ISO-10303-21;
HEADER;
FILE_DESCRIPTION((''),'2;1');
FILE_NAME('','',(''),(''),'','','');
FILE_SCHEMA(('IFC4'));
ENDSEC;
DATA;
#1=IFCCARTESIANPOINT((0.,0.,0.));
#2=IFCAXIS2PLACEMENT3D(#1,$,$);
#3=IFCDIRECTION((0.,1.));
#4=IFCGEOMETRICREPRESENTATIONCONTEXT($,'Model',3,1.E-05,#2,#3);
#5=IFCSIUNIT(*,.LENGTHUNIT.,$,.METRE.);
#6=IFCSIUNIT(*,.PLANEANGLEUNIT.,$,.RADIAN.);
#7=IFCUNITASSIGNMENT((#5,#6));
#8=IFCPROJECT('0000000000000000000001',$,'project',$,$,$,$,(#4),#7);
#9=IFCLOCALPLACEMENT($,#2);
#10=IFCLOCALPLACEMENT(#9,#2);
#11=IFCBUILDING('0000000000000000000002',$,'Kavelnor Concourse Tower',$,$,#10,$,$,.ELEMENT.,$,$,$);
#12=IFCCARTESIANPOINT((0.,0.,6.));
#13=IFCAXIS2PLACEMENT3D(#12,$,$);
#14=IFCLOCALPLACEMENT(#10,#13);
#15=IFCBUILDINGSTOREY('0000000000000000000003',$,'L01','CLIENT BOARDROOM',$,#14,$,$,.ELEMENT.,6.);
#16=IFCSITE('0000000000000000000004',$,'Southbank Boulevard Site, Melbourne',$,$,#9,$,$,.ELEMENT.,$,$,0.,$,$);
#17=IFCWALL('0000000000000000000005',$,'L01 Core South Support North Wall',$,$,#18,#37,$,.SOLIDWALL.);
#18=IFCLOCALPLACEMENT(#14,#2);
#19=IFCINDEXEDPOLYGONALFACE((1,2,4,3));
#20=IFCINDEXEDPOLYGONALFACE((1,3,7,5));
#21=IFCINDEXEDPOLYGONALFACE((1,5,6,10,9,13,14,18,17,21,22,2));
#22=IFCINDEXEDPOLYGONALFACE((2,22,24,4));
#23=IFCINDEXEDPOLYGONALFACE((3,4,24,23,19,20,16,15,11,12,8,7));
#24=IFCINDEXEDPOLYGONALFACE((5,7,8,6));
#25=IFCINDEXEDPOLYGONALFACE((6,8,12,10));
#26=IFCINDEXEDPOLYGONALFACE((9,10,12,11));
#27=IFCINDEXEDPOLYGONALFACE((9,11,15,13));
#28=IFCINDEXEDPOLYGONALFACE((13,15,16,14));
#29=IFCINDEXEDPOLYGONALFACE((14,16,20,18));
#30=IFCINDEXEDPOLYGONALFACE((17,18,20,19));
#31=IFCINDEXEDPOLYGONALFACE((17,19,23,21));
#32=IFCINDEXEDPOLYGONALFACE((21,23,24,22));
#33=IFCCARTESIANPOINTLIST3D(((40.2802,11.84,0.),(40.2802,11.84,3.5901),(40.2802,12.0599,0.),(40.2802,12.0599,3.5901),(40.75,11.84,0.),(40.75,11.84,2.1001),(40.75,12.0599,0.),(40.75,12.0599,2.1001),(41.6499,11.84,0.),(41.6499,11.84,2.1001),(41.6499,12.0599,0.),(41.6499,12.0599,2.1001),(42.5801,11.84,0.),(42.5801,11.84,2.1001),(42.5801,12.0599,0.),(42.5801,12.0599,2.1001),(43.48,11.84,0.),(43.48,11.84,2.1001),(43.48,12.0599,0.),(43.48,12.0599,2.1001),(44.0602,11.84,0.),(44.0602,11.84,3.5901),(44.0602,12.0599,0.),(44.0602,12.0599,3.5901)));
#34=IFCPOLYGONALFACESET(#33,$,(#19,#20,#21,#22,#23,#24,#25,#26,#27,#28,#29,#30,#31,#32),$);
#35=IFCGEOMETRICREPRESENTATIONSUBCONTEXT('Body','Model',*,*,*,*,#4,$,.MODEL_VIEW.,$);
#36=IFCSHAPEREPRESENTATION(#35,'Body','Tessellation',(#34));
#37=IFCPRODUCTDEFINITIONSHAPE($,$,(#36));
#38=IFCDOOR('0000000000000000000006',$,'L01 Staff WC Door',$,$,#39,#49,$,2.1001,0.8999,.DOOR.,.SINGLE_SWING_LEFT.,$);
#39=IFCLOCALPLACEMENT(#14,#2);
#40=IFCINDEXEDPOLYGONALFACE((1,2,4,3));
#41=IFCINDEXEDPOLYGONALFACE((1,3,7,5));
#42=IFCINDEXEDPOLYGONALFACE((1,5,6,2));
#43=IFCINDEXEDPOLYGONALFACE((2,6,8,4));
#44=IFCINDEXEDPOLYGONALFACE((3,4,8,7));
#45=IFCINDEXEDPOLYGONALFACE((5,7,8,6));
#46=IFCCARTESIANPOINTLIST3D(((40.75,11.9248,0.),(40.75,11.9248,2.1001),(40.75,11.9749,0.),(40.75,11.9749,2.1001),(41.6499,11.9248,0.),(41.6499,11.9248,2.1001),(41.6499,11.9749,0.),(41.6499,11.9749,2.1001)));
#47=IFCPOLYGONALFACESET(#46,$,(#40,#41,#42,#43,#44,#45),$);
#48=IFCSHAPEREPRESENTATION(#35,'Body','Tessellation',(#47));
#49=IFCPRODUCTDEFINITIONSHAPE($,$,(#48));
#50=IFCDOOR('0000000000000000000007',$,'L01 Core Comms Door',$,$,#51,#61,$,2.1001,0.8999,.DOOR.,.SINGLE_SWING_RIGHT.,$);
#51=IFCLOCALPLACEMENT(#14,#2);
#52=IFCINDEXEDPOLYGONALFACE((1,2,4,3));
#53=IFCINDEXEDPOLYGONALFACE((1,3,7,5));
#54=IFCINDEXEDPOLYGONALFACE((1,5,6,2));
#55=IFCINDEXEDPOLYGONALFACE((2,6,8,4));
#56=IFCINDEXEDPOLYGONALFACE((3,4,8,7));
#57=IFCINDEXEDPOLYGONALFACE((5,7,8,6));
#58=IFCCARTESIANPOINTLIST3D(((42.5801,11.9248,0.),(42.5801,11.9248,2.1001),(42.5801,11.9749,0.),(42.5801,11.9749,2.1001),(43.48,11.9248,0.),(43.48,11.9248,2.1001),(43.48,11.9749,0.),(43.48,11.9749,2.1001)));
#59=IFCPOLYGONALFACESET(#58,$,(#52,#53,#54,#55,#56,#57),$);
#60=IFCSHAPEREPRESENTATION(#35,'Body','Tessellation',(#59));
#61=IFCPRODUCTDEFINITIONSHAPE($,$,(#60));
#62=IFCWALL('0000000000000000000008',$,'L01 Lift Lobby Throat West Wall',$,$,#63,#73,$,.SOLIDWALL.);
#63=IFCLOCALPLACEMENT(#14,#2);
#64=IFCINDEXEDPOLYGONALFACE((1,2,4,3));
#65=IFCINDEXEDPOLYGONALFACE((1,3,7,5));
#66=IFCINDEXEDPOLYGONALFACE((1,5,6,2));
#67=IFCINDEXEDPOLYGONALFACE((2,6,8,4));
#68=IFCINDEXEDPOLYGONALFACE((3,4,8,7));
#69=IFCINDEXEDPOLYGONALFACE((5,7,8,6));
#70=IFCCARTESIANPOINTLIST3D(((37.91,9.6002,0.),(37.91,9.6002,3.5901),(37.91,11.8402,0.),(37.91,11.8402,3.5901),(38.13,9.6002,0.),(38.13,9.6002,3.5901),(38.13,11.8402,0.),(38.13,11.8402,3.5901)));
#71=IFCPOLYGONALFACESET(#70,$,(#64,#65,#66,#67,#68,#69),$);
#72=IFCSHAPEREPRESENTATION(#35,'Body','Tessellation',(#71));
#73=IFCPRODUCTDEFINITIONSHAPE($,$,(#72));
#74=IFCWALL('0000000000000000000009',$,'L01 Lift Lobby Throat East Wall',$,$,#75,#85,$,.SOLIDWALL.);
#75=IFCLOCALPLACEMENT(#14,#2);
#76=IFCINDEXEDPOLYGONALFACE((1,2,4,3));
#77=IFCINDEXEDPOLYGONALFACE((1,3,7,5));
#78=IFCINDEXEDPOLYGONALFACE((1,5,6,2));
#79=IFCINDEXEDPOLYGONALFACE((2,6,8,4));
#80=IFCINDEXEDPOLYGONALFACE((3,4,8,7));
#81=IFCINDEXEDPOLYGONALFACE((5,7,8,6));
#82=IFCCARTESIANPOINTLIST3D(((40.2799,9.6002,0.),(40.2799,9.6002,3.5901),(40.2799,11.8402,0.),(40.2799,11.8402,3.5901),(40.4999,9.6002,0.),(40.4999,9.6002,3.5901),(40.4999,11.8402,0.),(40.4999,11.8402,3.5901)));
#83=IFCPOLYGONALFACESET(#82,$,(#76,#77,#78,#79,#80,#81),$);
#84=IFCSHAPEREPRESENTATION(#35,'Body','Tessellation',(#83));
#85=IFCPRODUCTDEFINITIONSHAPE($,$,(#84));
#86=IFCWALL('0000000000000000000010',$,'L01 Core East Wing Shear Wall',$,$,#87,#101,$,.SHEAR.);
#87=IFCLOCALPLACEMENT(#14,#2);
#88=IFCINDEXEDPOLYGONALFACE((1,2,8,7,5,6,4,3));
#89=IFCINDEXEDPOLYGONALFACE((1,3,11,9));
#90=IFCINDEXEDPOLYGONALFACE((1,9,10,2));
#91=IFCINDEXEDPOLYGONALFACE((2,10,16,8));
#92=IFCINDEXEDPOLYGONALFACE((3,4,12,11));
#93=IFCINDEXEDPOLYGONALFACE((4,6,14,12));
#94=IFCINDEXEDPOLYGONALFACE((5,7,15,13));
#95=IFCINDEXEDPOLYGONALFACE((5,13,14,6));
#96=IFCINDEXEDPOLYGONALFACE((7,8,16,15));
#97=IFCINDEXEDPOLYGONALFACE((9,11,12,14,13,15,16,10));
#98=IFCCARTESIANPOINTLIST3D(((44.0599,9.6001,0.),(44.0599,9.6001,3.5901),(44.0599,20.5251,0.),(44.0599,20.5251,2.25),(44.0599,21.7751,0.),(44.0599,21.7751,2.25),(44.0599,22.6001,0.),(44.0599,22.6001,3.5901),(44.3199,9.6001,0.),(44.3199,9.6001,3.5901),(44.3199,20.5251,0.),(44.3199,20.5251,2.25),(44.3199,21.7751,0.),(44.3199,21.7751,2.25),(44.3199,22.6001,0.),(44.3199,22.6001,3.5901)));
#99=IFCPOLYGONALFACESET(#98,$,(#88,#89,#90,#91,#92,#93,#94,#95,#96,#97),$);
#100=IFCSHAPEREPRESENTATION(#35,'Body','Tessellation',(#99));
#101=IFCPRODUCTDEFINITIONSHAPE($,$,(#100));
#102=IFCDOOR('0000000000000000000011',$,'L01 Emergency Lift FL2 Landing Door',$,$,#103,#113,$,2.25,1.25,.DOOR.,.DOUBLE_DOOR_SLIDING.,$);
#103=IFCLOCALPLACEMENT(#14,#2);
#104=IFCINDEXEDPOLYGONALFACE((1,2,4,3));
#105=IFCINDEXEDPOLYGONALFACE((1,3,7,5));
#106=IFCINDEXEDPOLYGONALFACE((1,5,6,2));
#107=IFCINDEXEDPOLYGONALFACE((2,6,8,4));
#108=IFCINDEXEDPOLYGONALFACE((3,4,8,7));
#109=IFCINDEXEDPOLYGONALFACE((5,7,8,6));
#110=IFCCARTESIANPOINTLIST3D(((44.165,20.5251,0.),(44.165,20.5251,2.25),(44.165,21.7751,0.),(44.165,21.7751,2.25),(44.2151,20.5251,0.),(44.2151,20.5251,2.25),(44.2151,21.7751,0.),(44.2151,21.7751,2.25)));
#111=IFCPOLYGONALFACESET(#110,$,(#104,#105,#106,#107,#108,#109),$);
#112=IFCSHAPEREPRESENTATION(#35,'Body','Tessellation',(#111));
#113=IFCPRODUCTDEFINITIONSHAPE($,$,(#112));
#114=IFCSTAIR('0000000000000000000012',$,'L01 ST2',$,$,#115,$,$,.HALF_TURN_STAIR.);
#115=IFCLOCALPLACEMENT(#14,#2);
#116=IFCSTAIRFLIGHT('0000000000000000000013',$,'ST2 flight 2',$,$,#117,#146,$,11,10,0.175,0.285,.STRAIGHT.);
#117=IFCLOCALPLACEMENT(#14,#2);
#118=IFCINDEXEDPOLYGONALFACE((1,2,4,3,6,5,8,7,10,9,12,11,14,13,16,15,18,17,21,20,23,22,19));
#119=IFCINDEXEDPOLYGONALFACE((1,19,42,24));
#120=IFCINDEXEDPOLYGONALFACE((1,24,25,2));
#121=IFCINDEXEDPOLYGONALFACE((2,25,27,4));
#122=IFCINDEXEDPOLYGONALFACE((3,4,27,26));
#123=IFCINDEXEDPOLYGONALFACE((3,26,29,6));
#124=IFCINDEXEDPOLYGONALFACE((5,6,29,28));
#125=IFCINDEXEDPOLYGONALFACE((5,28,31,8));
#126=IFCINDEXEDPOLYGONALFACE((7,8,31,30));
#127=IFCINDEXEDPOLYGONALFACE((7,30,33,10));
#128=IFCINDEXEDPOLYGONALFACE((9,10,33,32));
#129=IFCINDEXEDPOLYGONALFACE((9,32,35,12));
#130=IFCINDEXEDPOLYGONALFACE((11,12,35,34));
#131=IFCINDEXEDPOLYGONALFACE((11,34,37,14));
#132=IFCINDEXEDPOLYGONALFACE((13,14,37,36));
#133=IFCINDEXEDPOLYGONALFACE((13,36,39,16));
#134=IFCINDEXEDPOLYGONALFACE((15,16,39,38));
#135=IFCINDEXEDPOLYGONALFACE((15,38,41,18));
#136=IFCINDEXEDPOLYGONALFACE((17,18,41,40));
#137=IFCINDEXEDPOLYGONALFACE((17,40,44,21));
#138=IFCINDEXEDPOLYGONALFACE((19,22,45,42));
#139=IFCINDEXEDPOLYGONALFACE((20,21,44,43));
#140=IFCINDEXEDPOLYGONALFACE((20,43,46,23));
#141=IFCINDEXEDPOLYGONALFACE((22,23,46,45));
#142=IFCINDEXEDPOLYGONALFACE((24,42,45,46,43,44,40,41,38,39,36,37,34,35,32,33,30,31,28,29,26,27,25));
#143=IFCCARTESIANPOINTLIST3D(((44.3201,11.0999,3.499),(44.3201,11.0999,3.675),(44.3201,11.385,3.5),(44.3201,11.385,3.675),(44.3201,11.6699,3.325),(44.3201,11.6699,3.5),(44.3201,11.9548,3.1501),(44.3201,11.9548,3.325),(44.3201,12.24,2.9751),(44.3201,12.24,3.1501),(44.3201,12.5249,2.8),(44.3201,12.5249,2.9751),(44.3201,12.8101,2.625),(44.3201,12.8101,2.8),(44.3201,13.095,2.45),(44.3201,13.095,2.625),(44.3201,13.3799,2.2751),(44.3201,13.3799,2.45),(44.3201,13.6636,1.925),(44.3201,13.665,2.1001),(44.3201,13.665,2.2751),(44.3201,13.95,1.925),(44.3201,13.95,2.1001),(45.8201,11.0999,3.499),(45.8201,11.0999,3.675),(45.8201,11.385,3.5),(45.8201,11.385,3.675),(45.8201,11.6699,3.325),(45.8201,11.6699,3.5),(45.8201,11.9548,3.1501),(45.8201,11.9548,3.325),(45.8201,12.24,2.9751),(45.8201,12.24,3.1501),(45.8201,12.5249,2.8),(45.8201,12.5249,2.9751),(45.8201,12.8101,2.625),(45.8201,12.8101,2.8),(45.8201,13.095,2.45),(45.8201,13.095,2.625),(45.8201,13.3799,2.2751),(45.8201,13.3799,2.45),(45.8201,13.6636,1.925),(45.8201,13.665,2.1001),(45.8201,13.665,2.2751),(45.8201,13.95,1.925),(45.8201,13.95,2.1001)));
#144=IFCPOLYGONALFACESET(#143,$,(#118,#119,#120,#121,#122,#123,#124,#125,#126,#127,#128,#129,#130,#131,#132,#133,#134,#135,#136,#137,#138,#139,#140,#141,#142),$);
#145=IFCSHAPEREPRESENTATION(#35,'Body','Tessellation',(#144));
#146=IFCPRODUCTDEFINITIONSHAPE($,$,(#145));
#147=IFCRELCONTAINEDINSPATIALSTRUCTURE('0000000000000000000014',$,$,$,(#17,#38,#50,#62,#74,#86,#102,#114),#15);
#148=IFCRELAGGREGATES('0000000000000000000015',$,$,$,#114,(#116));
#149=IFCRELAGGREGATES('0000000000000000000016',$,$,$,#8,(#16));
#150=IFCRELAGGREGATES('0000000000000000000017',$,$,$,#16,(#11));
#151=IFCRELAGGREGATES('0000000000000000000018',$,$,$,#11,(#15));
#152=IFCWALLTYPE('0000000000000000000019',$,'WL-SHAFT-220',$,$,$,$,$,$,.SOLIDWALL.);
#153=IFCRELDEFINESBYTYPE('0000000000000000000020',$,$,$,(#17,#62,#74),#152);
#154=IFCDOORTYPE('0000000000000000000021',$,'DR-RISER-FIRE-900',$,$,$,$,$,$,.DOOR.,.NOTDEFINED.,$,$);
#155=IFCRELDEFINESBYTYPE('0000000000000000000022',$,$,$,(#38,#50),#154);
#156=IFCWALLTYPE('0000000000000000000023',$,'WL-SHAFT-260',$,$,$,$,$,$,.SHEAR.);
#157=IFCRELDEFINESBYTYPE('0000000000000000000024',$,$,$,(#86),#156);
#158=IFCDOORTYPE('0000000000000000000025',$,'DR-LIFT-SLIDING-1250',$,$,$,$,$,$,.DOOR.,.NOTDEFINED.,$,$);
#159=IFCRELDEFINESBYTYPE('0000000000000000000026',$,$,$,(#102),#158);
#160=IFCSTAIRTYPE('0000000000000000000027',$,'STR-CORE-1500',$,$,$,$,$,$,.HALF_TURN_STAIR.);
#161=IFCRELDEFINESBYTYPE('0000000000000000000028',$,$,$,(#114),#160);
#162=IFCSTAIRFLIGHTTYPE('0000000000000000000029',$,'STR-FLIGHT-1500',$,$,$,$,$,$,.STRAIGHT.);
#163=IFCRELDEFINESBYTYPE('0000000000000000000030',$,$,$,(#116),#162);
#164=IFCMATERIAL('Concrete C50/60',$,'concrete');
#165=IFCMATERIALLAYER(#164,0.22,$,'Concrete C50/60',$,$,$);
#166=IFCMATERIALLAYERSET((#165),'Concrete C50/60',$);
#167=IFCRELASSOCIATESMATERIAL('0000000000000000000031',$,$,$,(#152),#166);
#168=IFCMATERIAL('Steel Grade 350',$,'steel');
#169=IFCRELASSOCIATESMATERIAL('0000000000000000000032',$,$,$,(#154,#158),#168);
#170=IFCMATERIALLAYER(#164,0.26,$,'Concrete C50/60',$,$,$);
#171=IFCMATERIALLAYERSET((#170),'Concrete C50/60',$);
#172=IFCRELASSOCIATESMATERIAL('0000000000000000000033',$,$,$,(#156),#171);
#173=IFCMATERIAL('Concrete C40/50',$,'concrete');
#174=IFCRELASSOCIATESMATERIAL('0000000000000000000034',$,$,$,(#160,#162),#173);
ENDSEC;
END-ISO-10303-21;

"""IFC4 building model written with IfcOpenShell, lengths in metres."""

from ifc_helpers import new_model, si_unit, direction, frame, frame_2d, origin, place, context, subcontext, project, spatial, polyline, rectangle, outline, extrude, material, layer, layer_set, type_object, element, fill, aggregate, save


model = new_model("IFC4")

# Units and contexts
model_context = context("Model", 3, precision=1e-05, world=origin(), true_north=direction((0.0, 1.0)))
body_context = subcontext(model_context, "Body", "Model", "MODEL_VIEW")
ifc_project = project(units=[si_unit("LENGTHUNIT", "METRE"), si_unit("PLANEANGLEUNIT", "RADIAN")], contexts=[model_context])

# Site, building, storey
site_placement = place(None, origin())
site = spatial("IfcSite", under=ifc_project, at=site_placement, Name="Southbank Boulevard Site, Melbourne", CompositionType="ELEMENT", RefElevation=0.0)
building_placement = place(site_placement, origin())
building = spatial("IfcBuilding", under=site, at=building_placement, Name="Kavelnor Concourse Tower", CompositionType="ELEMENT")
storey_placement = place(building_placement, frame((0.0, 0.0, 6.0)))
storey = spatial("IfcBuildingStorey", under=building, at=storey_placement, Name="L01", Description="CLIENT BOARDROOM", CompositionType="ELEMENT", Elevation=6.0)

# Shared definitions
ifc_material_1 = material(Name="Steel Grade 350", Category="steel")

# Shared definitions
ifc_material_2 = material(Name="Concrete C50/60", Category="concrete")
ifc_layer_1 = layer(ifc_material_2, 0.22, Name="Concrete C50/60")
ifc_layer_set_1 = layer_set([ifc_layer_1], Name="Concrete C50/60")
wall_type_1 = type_object("IfcWallType", Name="WL-SHAFT-220", PredefinedType="SOLIDWALL", material=ifc_layer_set_1)

# Wall, openings, doors
wall_1_placement = place(storey_placement, frame((40.28, 11.95, 0.0), z_axis=(0.0, 0.0, 1.0), x_axis=(1.0, 0.0, 0.0)))
wall_1 = element("IfcWall", 1, at=wall_1_placement, inside=storey, type_object=wall_type_1, Name="L01 Core South Support North Wall", PredefinedType="SOLIDWALL", context=body_context, shape_type="SweptSolid", body=[
    extrude(rectangle(XDim=3.78, YDim=0.22, at=frame_2d((1.8901, 0.0))), origin(), (0.0, 0.0, 1.0), 3.5901),
])
opening_1_placement = place(wall_1_placement, frame((0.47, 0.0, 0.0)))
opening_1 = element("IfcOpeningElement", 2, at=opening_1_placement, cuts=wall_1, PredefinedType="OPENING", context=body_context, shape_type="SweptSolid", body=[
    extrude(rectangle(XDim=0.8999, YDim=2.1001, at=frame_2d((0.45, 1.05))), frame((0.0, 0.1201, 0.0), z_axis=(0.0, -1.0, 0.0), x_axis=(1.0, 0.0, 0.0)), (0.0, 0.0, 1.0), 0.24),
])
opening_2_placement = place(wall_1_placement, frame((2.3, 0.0, 0.0)))
opening_2 = element("IfcOpeningElement", 3, at=opening_2_placement, cuts=wall_1, PredefinedType="OPENING", context=body_context, shape_type="SweptSolid", body=[
    extrude(rectangle(XDim=0.8999, YDim=2.1001, at=frame_2d((0.45, 1.05))), frame((0.0, 0.1201, 0.0), z_axis=(0.0, -1.0, 0.0), x_axis=(1.0, 0.0, 0.0)), (0.0, 0.0, 1.0), 0.24),
])
door_type_1 = type_object("IfcDoorType", Name="DR-RISER-FIRE-900", OperationType="NOTDEFINED", PredefinedType="DOOR", material=ifc_material_1)
door_1_placement = place(opening_1_placement, origin())
door_1 = element("IfcDoor", 4, at=door_1_placement, inside=storey, type_object=door_type_1, Name="L01 Staff WC Door", OperationType="SINGLE_SWING_LEFT", OverallHeight=2.1001, OverallWidth=0.8999, PredefinedType="DOOR", context=body_context, shape_type="SweptSolid", body=[
    extrude(rectangle(XDim=0.8999, YDim=2.1001, at=frame_2d((0.45, 1.05))), frame((0.0, 0.0249, 0.0), z_axis=(0.0, -1.0, 0.0), x_axis=(1.0, 0.0, 0.0)), (0.0, 0.0, 1.0), 0.05),
])
fill(opening_1, door_1)
door_2_placement = place(opening_2_placement, origin())
door_2 = element("IfcDoor", 5, at=door_2_placement, inside=storey, type_object=door_type_1, Name="L01 Core Comms Door", OperationType="SINGLE_SWING_RIGHT", OverallHeight=2.1001, OverallWidth=0.8999, PredefinedType="DOOR", context=body_context, shape_type="SweptSolid", body=[
    extrude(rectangle(XDim=0.8999, YDim=2.1001, at=frame_2d((0.45, 1.05))), frame((0.0, 0.0249, 0.0), z_axis=(0.0, -1.0, 0.0), x_axis=(1.0, 0.0, 0.0)), (0.0, 0.0, 1.0), 0.05),
])
fill(opening_2, door_2)

# Walls
for number, where, z_axis, x_axis, name in (
    (6, (38.02, 9.6001, 0.0), (0.0, 0.0, 1.0), (0.0, 1.0, 0.0), "L01 Lift Lobby Throat West Wall"),
    (7, (40.3899, 9.6001, 0.0), (0.0, 0.0, 1.0), (0.0, 1.0, 0.0), "L01 Lift Lobby Throat East Wall"),
):
    element("IfcWall", number, at=place(storey_placement, frame(where, z_axis=z_axis, x_axis=x_axis)), inside=storey, type_object=wall_type_1, Name=name, PredefinedType="SOLIDWALL", context=body_context, shape_type="SweptSolid", body=[
        extrude(rectangle(XDim=2.24, YDim=0.22, at=frame_2d((1.1201, 0.0))), origin(), (0.0, 0.0, 1.0), 3.5901),
    ])

# Wall, opening, door
ifc_layer_2 = layer(ifc_material_2, 0.26, Name="Concrete C50/60")
ifc_layer_set_2 = layer_set([ifc_layer_2], Name="Concrete C50/60")
wall_type_2 = type_object("IfcWallType", Name="WL-SHAFT-260", PredefinedType="SHEAR", material=ifc_layer_set_2)
wall_2_placement = place(storey_placement, frame((44.1899, 9.6001, 0.0), z_axis=(0.0, 0.0, 1.0), x_axis=(0.0, 1.0, 0.0)))
wall_2 = element("IfcWall", 8, at=wall_2_placement, inside=storey, type_object=wall_type_2, Name="L01 Core East Wing Shear Wall", PredefinedType="SHEAR", context=body_context, shape_type="SweptSolid", body=[
    extrude(rectangle(XDim=13.0, YDim=0.26, at=frame_2d((6.5, 0.0))), origin(), (0.0, 0.0, 1.0), 3.5901),
])
opening_3_placement = place(wall_2_placement, frame((10.925, 0.0, 0.0)))
opening_3 = element("IfcOpeningElement", 9, at=opening_3_placement, cuts=wall_2, PredefinedType="OPENING", context=body_context, shape_type="SweptSolid", body=[
    extrude(rectangle(XDim=1.25, YDim=2.25, at=frame_2d((0.625, 1.125))), frame((0.0, 0.1401, 0.0), z_axis=(0.0, -1.0, 0.0), x_axis=(1.0, 0.0, 0.0)), (0.0, 0.0, 1.0), 0.28),
])
door_type_2 = type_object("IfcDoorType", Name="DR-LIFT-SLIDING-1250", OperationType="NOTDEFINED", PredefinedType="DOOR", material=ifc_material_1)
door_3_placement = place(opening_3_placement, origin())
door_3 = element("IfcDoor", 10, at=door_3_placement, inside=storey, type_object=door_type_2, Name="L01 Emergency Lift FL2 Landing Door", OperationType="DOUBLE_DOOR_SLIDING", OverallHeight=2.25, OverallWidth=1.25, PredefinedType="DOOR", context=body_context, shape_type="SweptSolid", body=[
    extrude(rectangle(XDim=1.25, YDim=2.25, at=frame_2d((0.625, 1.125))), frame((0.0, 0.0249, 0.0), z_axis=(0.0, -1.0, 0.0), x_axis=(1.0, 0.0, 0.0)), (0.0, 0.0, 1.0), 0.05),
])
fill(opening_3, door_3)

# Stair, stair flight
ifc_material_3 = material(Name="Concrete C40/50", Category="concrete")
stair_type = type_object("IfcStairType", Name="STR-CORE-1500", PredefinedType="HALF_TURN_STAIR", material=ifc_material_3)
stair_placement = place(storey_placement, origin())
stair = element("IfcStair", 11, at=stair_placement, inside=storey, type_object=stair_type, Name="L01 ST2", PredefinedType="HALF_TURN_STAIR")
stair_flight_type = type_object("IfcStairFlightType", Name="STR-FLIGHT-1500", PredefinedType="STRAIGHT", material=ifc_material_3)
stair_flight_placement = place(storey_placement, frame((45.0701, 13.95, 1.925), z_axis=(0.0, 0.0, 1.0), x_axis=(0.0, -1.0, 0.0)))
stair_flight = element("IfcStairFlight", 12, at=stair_flight_placement, type_object=stair_flight_type, Name="ST2 flight 2", NumberOfRisers=11, NumberOfTreads=10, PredefinedType="STRAIGHT", RiserHeight=0.175, TreadLength=0.285, context=body_context, shape_type="SweptSolid", body=[
    extrude(outline(polyline([(0.0, 0.0), (0.0, 0.175), (0.2849, 0.175), (0.2849, 0.3501), (0.5701, 0.3501), (0.5701, 0.5249), (0.855, 0.5249), (0.855, 0.7), (1.1399, 0.7), (1.1399, 0.875), (1.425, 0.875), (1.425, 1.05), (1.71, 1.05), (1.71, 1.2251), (1.9951, 1.2251), (1.9951, 1.3999), (2.28, 1.3999), (2.28, 1.575), (2.5649, 1.575), (2.5649, 1.75), (2.8501, 1.75), (2.8501, 1.925), (2.8501, 1.574), (0.2864, 0.0), (0.0, 0.0)])), frame((0.0, 0.75, 0.0), z_axis=(0.0, -1.0, 0.0), x_axis=(1.0, 0.0, 0.0)), (0.0, 0.0, 1.0), 1.5),
])
aggregate(stair, [stair_flight])

save(model, "model.ifc")
